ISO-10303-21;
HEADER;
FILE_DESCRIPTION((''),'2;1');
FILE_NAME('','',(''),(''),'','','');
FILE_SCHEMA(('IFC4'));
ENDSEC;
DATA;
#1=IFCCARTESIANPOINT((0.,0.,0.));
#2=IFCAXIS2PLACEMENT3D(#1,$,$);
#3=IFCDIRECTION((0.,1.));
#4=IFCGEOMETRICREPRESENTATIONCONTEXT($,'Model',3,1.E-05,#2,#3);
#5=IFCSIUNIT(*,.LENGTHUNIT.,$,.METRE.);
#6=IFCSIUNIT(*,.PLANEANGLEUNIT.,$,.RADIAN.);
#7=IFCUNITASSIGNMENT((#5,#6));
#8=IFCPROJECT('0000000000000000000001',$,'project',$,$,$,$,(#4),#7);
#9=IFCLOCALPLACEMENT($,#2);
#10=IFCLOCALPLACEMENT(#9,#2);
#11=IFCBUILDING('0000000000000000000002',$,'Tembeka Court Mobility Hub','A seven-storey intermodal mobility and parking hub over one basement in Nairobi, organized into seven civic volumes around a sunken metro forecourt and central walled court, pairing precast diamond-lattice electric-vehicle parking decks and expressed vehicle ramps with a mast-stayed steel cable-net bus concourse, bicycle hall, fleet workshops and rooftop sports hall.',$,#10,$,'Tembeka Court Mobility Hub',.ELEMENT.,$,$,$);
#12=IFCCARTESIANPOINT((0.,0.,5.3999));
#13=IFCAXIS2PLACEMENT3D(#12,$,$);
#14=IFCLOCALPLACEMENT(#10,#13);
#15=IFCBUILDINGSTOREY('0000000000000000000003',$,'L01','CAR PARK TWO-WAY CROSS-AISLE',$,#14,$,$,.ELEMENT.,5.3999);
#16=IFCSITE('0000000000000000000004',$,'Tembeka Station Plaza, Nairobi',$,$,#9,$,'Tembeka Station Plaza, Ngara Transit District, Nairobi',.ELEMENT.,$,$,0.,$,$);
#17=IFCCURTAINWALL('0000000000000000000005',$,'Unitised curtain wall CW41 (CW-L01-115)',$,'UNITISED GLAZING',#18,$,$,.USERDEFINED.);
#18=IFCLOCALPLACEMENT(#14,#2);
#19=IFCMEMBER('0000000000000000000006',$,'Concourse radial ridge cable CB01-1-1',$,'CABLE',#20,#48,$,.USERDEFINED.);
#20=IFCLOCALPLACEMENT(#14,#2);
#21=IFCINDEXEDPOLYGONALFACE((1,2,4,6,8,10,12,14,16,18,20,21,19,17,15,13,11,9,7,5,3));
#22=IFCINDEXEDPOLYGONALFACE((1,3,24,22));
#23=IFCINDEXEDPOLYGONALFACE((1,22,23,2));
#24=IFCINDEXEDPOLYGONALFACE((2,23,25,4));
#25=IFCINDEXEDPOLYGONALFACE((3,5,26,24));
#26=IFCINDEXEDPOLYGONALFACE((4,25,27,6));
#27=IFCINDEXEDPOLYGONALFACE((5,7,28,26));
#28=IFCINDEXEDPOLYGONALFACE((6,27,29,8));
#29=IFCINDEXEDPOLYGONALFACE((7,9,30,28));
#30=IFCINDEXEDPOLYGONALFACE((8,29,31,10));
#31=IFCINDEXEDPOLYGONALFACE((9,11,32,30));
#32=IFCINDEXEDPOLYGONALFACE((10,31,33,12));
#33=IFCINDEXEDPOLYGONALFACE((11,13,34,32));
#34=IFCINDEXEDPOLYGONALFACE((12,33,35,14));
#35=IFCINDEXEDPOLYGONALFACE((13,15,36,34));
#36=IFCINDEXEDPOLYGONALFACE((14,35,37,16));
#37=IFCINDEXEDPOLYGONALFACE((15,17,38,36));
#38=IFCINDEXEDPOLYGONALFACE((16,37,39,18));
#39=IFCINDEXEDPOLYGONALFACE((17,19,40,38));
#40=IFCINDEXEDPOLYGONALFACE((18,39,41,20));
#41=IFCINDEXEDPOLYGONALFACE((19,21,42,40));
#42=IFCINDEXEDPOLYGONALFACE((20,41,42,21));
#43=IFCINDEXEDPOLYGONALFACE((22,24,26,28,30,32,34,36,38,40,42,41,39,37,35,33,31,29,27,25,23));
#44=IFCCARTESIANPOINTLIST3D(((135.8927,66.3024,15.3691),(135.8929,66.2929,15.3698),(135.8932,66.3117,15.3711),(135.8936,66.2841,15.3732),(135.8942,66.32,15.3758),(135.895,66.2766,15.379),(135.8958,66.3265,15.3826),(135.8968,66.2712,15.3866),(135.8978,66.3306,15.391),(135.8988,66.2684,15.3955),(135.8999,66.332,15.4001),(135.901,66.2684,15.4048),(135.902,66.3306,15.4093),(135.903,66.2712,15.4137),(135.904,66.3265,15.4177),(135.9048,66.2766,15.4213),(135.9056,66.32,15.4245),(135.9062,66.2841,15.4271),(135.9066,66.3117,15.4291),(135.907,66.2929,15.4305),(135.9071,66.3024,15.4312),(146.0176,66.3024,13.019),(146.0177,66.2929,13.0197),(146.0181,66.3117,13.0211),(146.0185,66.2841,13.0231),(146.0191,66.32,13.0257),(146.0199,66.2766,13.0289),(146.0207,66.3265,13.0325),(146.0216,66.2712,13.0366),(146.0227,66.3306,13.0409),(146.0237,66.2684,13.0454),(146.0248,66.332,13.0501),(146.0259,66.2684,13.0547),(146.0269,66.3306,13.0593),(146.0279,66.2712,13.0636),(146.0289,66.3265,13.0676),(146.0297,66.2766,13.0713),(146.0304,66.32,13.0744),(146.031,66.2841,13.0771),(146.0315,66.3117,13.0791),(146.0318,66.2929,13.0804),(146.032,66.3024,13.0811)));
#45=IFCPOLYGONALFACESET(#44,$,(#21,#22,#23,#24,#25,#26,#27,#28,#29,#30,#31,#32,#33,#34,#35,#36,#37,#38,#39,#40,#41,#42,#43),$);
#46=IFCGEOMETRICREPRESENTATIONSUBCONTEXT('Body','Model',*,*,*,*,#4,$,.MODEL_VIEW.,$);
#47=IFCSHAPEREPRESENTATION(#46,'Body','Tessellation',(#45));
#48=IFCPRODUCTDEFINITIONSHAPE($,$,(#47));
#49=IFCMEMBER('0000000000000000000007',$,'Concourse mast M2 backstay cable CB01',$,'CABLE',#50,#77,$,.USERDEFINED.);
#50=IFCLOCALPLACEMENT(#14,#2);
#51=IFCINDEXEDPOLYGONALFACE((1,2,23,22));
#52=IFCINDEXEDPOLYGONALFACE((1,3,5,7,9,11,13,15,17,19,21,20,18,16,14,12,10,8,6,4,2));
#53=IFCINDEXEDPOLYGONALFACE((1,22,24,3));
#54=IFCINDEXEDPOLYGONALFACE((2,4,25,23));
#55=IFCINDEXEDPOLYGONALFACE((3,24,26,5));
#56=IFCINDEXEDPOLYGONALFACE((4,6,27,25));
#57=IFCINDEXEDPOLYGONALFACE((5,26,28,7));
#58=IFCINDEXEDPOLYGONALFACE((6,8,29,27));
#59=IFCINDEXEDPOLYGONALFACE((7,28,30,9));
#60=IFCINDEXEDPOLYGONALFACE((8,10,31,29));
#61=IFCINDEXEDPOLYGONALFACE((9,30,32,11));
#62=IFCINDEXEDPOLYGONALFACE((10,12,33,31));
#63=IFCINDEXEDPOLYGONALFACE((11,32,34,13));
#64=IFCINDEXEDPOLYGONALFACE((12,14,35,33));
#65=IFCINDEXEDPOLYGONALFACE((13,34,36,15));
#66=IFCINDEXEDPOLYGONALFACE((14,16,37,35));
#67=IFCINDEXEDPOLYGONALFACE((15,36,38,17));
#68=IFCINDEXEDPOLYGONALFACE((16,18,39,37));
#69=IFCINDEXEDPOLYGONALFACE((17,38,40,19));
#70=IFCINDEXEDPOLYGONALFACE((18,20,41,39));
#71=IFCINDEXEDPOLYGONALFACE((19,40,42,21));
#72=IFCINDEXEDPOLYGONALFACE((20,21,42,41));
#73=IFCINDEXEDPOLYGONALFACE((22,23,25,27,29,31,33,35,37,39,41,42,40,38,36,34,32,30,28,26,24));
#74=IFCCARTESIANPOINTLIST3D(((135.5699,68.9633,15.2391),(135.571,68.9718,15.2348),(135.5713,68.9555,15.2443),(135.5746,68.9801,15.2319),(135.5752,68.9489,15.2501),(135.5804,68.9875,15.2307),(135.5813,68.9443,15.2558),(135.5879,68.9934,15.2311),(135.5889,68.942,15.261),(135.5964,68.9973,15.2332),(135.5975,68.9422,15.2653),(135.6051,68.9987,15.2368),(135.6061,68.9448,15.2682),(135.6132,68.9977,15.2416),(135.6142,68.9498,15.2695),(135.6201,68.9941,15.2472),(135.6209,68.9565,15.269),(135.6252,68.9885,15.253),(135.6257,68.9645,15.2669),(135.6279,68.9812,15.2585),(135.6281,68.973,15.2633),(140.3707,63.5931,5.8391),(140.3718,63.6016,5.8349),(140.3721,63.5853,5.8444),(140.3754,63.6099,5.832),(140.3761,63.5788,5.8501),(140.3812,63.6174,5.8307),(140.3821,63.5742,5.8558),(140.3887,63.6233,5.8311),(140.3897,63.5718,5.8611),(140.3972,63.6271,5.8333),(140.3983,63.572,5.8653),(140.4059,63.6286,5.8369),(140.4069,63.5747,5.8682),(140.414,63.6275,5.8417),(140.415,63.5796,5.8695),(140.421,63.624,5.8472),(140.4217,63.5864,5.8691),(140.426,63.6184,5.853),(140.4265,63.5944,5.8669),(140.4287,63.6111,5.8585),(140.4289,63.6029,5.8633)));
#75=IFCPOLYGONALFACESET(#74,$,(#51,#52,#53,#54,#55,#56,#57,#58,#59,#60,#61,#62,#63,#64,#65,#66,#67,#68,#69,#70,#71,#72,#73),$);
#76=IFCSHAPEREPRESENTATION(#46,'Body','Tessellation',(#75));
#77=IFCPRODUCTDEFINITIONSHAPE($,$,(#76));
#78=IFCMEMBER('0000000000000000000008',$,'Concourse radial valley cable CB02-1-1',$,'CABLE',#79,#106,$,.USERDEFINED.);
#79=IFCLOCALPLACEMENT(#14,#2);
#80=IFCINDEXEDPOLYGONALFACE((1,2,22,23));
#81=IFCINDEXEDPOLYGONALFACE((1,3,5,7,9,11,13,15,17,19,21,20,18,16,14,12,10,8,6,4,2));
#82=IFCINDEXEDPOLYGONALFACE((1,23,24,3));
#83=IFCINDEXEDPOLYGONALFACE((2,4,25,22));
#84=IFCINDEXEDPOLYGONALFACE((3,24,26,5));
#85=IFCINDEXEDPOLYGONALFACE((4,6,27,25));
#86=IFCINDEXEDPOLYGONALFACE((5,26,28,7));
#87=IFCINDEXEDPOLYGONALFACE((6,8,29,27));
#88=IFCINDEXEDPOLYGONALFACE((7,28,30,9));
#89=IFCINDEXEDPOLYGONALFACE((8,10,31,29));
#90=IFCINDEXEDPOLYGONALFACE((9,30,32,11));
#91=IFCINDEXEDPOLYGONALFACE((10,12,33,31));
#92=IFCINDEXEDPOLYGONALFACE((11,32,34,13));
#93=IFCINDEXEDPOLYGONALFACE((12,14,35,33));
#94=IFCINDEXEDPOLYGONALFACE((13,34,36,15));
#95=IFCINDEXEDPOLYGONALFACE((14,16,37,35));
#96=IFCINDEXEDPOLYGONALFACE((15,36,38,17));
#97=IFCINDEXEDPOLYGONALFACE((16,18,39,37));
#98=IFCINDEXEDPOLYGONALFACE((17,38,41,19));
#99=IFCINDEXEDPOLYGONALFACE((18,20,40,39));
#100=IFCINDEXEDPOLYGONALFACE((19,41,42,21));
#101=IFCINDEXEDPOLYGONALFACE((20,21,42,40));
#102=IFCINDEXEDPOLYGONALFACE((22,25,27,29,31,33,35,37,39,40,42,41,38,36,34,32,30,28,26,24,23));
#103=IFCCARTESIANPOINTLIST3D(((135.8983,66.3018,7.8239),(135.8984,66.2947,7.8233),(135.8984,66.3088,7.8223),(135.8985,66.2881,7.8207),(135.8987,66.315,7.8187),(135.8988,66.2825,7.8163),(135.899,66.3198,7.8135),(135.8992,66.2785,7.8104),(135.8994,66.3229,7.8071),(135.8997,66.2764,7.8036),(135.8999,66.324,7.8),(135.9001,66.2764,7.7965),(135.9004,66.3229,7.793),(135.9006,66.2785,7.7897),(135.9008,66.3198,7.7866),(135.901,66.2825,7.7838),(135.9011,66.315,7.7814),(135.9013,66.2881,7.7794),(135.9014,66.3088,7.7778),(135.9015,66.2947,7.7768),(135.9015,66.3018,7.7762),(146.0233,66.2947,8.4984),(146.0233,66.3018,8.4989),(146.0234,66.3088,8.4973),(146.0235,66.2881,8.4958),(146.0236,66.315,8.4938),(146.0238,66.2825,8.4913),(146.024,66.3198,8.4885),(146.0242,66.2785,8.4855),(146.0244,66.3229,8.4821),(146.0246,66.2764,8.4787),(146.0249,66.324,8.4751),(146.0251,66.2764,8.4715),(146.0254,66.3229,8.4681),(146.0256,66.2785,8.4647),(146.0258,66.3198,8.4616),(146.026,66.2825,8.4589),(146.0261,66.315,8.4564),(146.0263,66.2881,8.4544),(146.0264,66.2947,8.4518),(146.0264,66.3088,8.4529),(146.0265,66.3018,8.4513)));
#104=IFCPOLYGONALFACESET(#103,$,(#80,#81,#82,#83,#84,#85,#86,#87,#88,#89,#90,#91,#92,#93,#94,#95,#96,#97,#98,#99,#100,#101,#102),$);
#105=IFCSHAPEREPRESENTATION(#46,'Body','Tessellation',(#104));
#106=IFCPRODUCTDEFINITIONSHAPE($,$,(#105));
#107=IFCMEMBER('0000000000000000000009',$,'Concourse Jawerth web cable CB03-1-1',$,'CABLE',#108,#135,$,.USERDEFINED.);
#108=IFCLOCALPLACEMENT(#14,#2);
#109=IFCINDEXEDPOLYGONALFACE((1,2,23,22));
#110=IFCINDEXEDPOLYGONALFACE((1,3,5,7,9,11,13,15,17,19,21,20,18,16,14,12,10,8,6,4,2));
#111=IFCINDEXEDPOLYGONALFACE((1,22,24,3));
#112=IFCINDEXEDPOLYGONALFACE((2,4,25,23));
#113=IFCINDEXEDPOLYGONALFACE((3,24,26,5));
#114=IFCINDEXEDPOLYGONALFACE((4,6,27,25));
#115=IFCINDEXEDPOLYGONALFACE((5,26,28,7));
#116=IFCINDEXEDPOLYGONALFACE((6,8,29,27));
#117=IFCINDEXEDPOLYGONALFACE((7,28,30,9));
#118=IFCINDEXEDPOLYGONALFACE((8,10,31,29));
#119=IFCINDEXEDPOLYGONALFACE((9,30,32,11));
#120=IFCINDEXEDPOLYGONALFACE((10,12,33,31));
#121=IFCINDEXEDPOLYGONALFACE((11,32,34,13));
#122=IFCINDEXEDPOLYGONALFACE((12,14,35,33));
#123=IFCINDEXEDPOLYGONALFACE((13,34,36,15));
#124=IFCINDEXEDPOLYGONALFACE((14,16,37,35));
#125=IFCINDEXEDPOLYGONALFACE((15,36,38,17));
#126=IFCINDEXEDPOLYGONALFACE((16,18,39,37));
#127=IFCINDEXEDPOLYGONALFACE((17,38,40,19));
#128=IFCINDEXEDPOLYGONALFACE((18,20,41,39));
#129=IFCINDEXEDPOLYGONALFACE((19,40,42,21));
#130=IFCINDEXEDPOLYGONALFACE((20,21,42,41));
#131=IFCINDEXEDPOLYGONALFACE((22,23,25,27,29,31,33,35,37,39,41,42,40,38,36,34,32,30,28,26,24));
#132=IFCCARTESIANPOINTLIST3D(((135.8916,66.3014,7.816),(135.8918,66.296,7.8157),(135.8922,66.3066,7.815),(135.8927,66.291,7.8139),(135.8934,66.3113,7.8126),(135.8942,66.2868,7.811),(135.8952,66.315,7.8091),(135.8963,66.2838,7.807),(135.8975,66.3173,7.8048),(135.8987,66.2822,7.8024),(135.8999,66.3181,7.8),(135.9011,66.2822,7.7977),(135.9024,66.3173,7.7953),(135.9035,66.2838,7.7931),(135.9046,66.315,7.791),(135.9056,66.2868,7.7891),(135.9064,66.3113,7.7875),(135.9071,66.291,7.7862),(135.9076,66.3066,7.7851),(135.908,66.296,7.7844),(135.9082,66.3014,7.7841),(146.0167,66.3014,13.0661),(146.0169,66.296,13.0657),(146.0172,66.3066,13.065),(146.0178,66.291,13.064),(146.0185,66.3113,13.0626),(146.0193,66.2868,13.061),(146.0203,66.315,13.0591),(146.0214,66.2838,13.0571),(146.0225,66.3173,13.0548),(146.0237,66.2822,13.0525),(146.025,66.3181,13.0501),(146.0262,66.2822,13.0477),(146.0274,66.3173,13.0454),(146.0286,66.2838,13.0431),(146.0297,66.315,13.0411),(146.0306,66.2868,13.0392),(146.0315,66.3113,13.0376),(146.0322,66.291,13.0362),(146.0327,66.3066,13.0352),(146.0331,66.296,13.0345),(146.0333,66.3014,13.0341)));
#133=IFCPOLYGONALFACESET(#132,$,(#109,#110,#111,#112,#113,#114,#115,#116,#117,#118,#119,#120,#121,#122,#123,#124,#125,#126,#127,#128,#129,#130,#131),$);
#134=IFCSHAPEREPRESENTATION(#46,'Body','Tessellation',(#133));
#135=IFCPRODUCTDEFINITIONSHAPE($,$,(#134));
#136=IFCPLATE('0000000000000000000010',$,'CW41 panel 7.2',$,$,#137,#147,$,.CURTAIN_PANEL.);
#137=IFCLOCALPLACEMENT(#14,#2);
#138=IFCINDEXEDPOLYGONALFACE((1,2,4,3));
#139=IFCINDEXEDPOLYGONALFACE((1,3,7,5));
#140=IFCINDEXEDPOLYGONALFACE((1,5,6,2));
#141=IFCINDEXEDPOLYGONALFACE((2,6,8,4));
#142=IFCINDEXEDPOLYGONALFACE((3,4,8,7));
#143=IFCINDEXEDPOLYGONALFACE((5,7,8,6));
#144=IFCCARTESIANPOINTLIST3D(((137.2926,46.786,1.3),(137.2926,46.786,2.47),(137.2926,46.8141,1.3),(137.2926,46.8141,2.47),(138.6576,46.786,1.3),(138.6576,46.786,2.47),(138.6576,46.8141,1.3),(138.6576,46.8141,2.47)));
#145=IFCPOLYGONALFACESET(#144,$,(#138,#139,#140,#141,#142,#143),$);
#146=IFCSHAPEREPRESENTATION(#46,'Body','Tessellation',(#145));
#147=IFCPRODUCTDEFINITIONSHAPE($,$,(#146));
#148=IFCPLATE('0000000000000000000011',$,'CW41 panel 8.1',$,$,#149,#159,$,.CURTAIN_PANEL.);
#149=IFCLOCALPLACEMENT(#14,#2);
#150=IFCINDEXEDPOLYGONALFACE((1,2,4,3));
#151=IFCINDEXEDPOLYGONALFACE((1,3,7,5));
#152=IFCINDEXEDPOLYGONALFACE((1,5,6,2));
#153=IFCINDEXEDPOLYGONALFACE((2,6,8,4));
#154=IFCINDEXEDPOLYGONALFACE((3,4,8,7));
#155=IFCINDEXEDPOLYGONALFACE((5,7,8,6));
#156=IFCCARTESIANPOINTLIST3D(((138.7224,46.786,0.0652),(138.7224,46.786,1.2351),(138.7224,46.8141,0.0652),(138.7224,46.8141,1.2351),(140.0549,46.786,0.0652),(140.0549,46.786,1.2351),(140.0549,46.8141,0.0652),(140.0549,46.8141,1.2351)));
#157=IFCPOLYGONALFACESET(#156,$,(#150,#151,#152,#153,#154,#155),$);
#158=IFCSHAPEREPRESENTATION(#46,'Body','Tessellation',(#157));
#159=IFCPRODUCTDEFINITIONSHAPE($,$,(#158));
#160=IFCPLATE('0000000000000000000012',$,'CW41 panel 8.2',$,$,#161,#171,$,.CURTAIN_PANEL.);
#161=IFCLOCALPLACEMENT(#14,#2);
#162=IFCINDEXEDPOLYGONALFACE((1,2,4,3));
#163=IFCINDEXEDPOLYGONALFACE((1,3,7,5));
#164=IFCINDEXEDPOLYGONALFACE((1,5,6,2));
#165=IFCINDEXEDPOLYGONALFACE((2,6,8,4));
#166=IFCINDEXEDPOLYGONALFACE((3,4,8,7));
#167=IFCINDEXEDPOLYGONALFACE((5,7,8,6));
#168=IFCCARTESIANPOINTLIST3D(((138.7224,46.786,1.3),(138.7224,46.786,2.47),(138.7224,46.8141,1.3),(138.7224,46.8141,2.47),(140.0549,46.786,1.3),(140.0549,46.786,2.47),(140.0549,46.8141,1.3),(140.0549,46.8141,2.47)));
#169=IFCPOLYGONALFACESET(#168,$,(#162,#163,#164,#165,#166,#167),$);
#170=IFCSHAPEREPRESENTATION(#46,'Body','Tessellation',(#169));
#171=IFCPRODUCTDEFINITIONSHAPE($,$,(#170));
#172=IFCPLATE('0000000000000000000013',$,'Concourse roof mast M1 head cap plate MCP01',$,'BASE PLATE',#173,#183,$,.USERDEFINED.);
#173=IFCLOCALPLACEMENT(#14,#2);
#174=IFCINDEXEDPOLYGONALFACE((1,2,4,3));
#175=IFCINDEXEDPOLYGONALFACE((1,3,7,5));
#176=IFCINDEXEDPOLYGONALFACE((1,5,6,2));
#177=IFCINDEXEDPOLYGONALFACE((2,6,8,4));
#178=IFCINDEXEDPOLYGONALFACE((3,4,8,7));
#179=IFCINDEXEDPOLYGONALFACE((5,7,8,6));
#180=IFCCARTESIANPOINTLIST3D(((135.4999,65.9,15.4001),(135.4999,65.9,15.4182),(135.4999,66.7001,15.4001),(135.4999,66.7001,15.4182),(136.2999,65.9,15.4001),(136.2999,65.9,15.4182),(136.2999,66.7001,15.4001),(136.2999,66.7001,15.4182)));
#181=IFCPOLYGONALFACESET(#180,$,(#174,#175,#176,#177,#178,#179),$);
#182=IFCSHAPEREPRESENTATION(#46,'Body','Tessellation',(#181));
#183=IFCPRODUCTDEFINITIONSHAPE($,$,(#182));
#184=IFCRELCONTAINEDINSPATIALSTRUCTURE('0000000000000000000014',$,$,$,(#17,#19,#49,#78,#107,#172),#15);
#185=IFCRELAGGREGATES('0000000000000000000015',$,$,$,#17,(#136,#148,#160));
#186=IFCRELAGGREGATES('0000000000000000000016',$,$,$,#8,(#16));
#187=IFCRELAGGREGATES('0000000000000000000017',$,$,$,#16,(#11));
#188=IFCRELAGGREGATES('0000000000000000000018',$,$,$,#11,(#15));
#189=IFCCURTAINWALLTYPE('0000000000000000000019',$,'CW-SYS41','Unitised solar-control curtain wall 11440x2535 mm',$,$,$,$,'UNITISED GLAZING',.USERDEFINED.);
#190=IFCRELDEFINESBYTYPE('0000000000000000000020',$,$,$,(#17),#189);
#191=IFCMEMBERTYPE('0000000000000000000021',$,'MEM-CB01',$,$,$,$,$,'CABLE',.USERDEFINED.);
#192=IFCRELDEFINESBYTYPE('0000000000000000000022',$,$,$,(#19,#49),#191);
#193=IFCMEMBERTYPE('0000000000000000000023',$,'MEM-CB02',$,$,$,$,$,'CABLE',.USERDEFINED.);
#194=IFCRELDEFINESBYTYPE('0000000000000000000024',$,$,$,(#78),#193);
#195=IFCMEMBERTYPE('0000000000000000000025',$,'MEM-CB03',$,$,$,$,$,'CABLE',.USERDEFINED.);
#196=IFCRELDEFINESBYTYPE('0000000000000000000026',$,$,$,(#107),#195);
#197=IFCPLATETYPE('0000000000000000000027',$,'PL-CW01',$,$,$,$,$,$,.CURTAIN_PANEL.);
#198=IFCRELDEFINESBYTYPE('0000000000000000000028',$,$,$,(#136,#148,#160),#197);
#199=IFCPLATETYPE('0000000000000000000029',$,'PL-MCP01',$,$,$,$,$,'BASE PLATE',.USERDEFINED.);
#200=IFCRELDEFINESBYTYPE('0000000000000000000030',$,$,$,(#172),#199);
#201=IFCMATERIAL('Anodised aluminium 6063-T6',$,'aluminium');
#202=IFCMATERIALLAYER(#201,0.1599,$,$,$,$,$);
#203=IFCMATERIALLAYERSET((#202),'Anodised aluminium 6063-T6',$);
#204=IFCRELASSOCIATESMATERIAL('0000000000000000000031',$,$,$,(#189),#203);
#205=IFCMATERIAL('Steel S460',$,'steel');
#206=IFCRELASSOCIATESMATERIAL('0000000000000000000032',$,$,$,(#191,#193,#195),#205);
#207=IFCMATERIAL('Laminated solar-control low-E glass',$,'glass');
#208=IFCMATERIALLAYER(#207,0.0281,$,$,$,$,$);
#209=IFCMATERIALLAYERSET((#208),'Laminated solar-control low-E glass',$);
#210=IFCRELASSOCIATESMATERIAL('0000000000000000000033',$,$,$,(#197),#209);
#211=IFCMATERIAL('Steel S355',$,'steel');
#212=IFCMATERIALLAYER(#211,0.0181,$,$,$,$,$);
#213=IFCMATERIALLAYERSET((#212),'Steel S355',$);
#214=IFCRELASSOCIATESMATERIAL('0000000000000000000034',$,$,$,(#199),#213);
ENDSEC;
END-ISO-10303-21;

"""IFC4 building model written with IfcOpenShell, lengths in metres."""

from ifc_helpers import new_model, si_unit, direction, frame, origin, origin_2d, place, context, subcontext, project, spatial, rectangle, circle, extrude, material, layer, layer_set, material_profile, profile_set, type_object, element, aggregate, save


model = new_model("IFC4")

# Units and contexts
model_context = context("Model", 3, precision=1e-05, world=origin(), true_north=direction((0.0, 1.0)))
body_context = subcontext(model_context, "Body", "Model", "MODEL_VIEW")
ifc_project = project(units=[si_unit("LENGTHUNIT", "METRE"), si_unit("PLANEANGLEUNIT", "RADIAN")], contexts=[model_context])

# Site, building, storey
site_placement = place(None, origin())
site = spatial("IfcSite", under=ifc_project, at=site_placement, Name="Tembeka Station Plaza, Nairobi", LongName="Tembeka Station Plaza, Ngara Transit District, Nairobi", CompositionType="ELEMENT", RefElevation=0.0)
building_placement = place(site_placement, origin())
building = spatial("IfcBuilding", under=site, at=building_placement, Name="Tembeka Court Mobility Hub", Description="A seven-storey intermodal mobility and parking hub over one basement in Nairobi, organized into seven civic volumes around a sunken metro forecourt and central walled court, pairing precast diamond-lattice electric-vehicle parking decks and expressed vehicle ramps with a mast-stayed steel cable-net bus concourse, bicycle hall, fleet workshops and rooftop sports hall.", LongName="Tembeka Court Mobility Hub", CompositionType="ELEMENT")
storey_placement = place(building_placement, frame((0.0, 0.0, 5.3999)))
storey = spatial("IfcBuildingStorey", under=building, at=storey_placement, Name="L01", Description="CAR PARK TWO-WAY CROSS-AISLE", CompositionType="ELEMENT", Elevation=5.3999)

# Shared definitions
ifc_material_1 = material(Name="Steel S355", Category="steel")

# Curtain wall
ifc_material_2 = material(Name="Anodised aluminium 6063-T6", Category="aluminium")
ifc_layer_1 = layer(ifc_material_2, 0.1599)
ifc_layer_set_1 = layer_set([ifc_layer_1], Name="Anodised aluminium 6063-T6")
curtain_wall_type = type_object("IfcCurtainWallType", Name="CW-SYS41", Description="Unitised solar-control curtain wall 11440x2535 mm", ElementType="UNITISED GLAZING", PredefinedType="USERDEFINED", material=ifc_layer_set_1)
curtain_wall_placement = place(storey_placement, origin())
curtain_wall = element("IfcCurtainWall", 1, at=curtain_wall_placement, inside=storey, type_object=curtain_wall_type, Name="Unitised curtain wall CW41 (CW-L01-115)", ObjectType="UNITISED GLAZING", PredefinedType="USERDEFINED")

# Members
ifc_material_3 = material(Name="Steel S460", Category="steel")
ifc_material_profile_1 = material_profile(ifc_material_3, circle(Radius=0.032, at=origin_2d()), Name="CABLE D64")
ifc_profile_set_1 = profile_set([ifc_material_profile_1], Name="Steel S460")
member_type_1 = type_object("IfcMemberType", Name="MEM-CB01", ElementType="CABLE", PredefinedType="USERDEFINED", material=ifc_profile_set_1)
member_1_placement = place(storey_placement, frame((135.8999, 66.3, 15.4001), z_axis=(0.974105, 0.0, -0.226098), x_axis=(0.0, 1.0, 0.0)))
element("IfcMember", 2, at=member_1_placement, inside=storey, type_object=member_type_1, Name="Concourse radial ridge cable CB01-1-1", ObjectType="CABLE", PredefinedType="USERDEFINED", context=body_context, shape_type="SweptSolid", body=[
    extrude(circle(Radius=0.032, at=origin_2d()), origin(), (0.0, 0.0, 1.0), 10.394),
])
member_2_placement = place(storey_placement, frame((140.3999, 63.6001, 5.8501), z_axis=(-0.405387, 0.453463, 0.793746), x_axis=(-0.745521, -0.666482, 0.0)))
element("IfcMember", 3, at=member_2_placement, inside=storey, type_object=member_type_1, Name="Concourse mast M2 backstay cable CB01", ObjectType="CABLE", PredefinedType="USERDEFINED", context=body_context, shape_type="SweptSolid", body=[
    extrude(circle(Radius=0.032, at=origin_2d()), origin(), (0.0, 0.0, 1.0), 11.8425),
])
ifc_material_profile_2 = material_profile(ifc_material_3, circle(Radius=0.0239, at=origin_2d()), Name="CABLE D48")
ifc_profile_set_2 = profile_set([ifc_material_profile_2], Name="Steel S460")
member_type_2 = type_object("IfcMemberType", Name="MEM-CB02", ElementType="CABLE", PredefinedType="USERDEFINED", material=ifc_profile_set_2)
member_3_placement = place(storey_placement, frame((135.8999, 66.3, 7.8), z_axis=(0.997785, 0.0, 0.066524), x_axis=(0.0, 1.0, 0.0)))
element("IfcMember", 4, at=member_3_placement, inside=storey, type_object=member_type_2, Name="Concourse radial valley cable CB02-1-1", ObjectType="CABLE", PredefinedType="USERDEFINED", context=body_context, shape_type="SweptSolid", body=[
    extrude(circle(Radius=0.0239, at=origin_2d()), origin(), (0.0, 0.0, 1.0), 10.1475),
])
ifc_material_profile_3 = material_profile(ifc_material_3, circle(Radius=0.0181, at=origin_2d()), Name="CABLE D36")
ifc_profile_set_3 = profile_set([ifc_material_profile_3], Name="Steel S460")
member_type_3 = type_object("IfcMemberType", Name="MEM-CB03", ElementType="CABLE", PredefinedType="USERDEFINED", material=ifc_profile_set_3)
member_4_placement = place(storey_placement, frame((135.8999, 66.3, 7.8), z_axis=(0.887755, 0.0, 0.460317), x_axis=(0.0, 1.0, 0.0)))
element("IfcMember", 5, at=member_4_placement, inside=storey, type_object=member_type_3, Name="Concourse Jawerth web cable CB03-1-1", ObjectType="CABLE", PredefinedType="USERDEFINED", context=body_context, shape_type="SweptSolid", body=[
    extrude(circle(Radius=0.0181, at=origin_2d()), origin(), (0.0, 0.0, 1.0), 11.4053),
])

# Plates
ifc_material_4 = material(Name="Laminated solar-control low-E glass", Category="glass")
ifc_layer_2 = layer(ifc_material_4, 0.0281)
ifc_layer_set_2 = layer_set([ifc_layer_2], Name="Laminated solar-control low-E glass")
plate_type_1 = type_object("IfcPlateType", Name="PL-CW01", PredefinedType="CURTAIN_PANEL", material=ifc_layer_set_2)
plate_1_placement = place(storey_placement, frame((137.9751, 46.8, 1.3), z_axis=(0.0, 0.0, 1.0), x_axis=(1.0, 0.0, 0.0)))
plate_1 = element("IfcPlate", 6, at=plate_1_placement, type_object=plate_type_1, Name="CW41 panel 7.2", PredefinedType="CURTAIN_PANEL", context=body_context, shape_type="SweptSolid", body=[
    extrude(rectangle(XDim=1.365, YDim=0.0281, at=origin_2d()), origin(), (0.0, 0.0, 1.0), 1.1699),
])
plate_2_placement = place(storey_placement, frame((139.3887, 46.8, 0.0652), z_axis=(0.0, 0.0, 1.0), x_axis=(1.0, 0.0, 0.0)))
plate_2 = element("IfcPlate", 7, at=plate_2_placement, type_object=plate_type_1, Name="CW41 panel 8.1", PredefinedType="CURTAIN_PANEL", context=body_context, shape_type="SweptSolid", body=[
    extrude(rectangle(XDim=1.3325, YDim=0.0281, at=origin_2d()), origin(), (0.0, 0.0, 1.0), 1.1699),
])
plate_3_placement = place(storey_placement, frame((139.3887, 46.8, 1.3), z_axis=(0.0, 0.0, 1.0), x_axis=(1.0, 0.0, 0.0)))
plate_3 = element("IfcPlate", 8, at=plate_3_placement, type_object=plate_type_1, Name="CW41 panel 8.2", PredefinedType="CURTAIN_PANEL", context=body_context, shape_type="SweptSolid", body=[
    extrude(rectangle(XDim=1.3325, YDim=0.0281, at=origin_2d()), origin(), (0.0, 0.0, 1.0), 1.1699),
])
aggregate(curtain_wall, [plate_1, plate_2, plate_3])
ifc_layer_3 = layer(ifc_material_1, 0.0181)
ifc_layer_set_3 = layer_set([ifc_layer_3], Name="Steel S355")
plate_type_2 = type_object("IfcPlateType", Name="PL-MCP01", ElementType="BASE PLATE", PredefinedType="USERDEFINED", material=ifc_layer_set_3)
plate_4_placement = place(storey_placement, frame((135.8999, 66.3, 15.4001), z_axis=(0.0, 0.0, 1.0), x_axis=(1.0, 0.0, 0.0)))
element("IfcPlate", 9, at=plate_4_placement, inside=storey, type_object=plate_type_2, Name="Concourse roof mast M1 head cap plate MCP01", ObjectType="BASE PLATE", PredefinedType="USERDEFINED", context=body_context, shape_type="SweptSolid", body=[
    extrude(rectangle(XDim=0.8, YDim=0.8, at=origin_2d()), origin(), (0.0, 0.0, 1.0), 0.0181),
])

save(model, "model.ifc")
